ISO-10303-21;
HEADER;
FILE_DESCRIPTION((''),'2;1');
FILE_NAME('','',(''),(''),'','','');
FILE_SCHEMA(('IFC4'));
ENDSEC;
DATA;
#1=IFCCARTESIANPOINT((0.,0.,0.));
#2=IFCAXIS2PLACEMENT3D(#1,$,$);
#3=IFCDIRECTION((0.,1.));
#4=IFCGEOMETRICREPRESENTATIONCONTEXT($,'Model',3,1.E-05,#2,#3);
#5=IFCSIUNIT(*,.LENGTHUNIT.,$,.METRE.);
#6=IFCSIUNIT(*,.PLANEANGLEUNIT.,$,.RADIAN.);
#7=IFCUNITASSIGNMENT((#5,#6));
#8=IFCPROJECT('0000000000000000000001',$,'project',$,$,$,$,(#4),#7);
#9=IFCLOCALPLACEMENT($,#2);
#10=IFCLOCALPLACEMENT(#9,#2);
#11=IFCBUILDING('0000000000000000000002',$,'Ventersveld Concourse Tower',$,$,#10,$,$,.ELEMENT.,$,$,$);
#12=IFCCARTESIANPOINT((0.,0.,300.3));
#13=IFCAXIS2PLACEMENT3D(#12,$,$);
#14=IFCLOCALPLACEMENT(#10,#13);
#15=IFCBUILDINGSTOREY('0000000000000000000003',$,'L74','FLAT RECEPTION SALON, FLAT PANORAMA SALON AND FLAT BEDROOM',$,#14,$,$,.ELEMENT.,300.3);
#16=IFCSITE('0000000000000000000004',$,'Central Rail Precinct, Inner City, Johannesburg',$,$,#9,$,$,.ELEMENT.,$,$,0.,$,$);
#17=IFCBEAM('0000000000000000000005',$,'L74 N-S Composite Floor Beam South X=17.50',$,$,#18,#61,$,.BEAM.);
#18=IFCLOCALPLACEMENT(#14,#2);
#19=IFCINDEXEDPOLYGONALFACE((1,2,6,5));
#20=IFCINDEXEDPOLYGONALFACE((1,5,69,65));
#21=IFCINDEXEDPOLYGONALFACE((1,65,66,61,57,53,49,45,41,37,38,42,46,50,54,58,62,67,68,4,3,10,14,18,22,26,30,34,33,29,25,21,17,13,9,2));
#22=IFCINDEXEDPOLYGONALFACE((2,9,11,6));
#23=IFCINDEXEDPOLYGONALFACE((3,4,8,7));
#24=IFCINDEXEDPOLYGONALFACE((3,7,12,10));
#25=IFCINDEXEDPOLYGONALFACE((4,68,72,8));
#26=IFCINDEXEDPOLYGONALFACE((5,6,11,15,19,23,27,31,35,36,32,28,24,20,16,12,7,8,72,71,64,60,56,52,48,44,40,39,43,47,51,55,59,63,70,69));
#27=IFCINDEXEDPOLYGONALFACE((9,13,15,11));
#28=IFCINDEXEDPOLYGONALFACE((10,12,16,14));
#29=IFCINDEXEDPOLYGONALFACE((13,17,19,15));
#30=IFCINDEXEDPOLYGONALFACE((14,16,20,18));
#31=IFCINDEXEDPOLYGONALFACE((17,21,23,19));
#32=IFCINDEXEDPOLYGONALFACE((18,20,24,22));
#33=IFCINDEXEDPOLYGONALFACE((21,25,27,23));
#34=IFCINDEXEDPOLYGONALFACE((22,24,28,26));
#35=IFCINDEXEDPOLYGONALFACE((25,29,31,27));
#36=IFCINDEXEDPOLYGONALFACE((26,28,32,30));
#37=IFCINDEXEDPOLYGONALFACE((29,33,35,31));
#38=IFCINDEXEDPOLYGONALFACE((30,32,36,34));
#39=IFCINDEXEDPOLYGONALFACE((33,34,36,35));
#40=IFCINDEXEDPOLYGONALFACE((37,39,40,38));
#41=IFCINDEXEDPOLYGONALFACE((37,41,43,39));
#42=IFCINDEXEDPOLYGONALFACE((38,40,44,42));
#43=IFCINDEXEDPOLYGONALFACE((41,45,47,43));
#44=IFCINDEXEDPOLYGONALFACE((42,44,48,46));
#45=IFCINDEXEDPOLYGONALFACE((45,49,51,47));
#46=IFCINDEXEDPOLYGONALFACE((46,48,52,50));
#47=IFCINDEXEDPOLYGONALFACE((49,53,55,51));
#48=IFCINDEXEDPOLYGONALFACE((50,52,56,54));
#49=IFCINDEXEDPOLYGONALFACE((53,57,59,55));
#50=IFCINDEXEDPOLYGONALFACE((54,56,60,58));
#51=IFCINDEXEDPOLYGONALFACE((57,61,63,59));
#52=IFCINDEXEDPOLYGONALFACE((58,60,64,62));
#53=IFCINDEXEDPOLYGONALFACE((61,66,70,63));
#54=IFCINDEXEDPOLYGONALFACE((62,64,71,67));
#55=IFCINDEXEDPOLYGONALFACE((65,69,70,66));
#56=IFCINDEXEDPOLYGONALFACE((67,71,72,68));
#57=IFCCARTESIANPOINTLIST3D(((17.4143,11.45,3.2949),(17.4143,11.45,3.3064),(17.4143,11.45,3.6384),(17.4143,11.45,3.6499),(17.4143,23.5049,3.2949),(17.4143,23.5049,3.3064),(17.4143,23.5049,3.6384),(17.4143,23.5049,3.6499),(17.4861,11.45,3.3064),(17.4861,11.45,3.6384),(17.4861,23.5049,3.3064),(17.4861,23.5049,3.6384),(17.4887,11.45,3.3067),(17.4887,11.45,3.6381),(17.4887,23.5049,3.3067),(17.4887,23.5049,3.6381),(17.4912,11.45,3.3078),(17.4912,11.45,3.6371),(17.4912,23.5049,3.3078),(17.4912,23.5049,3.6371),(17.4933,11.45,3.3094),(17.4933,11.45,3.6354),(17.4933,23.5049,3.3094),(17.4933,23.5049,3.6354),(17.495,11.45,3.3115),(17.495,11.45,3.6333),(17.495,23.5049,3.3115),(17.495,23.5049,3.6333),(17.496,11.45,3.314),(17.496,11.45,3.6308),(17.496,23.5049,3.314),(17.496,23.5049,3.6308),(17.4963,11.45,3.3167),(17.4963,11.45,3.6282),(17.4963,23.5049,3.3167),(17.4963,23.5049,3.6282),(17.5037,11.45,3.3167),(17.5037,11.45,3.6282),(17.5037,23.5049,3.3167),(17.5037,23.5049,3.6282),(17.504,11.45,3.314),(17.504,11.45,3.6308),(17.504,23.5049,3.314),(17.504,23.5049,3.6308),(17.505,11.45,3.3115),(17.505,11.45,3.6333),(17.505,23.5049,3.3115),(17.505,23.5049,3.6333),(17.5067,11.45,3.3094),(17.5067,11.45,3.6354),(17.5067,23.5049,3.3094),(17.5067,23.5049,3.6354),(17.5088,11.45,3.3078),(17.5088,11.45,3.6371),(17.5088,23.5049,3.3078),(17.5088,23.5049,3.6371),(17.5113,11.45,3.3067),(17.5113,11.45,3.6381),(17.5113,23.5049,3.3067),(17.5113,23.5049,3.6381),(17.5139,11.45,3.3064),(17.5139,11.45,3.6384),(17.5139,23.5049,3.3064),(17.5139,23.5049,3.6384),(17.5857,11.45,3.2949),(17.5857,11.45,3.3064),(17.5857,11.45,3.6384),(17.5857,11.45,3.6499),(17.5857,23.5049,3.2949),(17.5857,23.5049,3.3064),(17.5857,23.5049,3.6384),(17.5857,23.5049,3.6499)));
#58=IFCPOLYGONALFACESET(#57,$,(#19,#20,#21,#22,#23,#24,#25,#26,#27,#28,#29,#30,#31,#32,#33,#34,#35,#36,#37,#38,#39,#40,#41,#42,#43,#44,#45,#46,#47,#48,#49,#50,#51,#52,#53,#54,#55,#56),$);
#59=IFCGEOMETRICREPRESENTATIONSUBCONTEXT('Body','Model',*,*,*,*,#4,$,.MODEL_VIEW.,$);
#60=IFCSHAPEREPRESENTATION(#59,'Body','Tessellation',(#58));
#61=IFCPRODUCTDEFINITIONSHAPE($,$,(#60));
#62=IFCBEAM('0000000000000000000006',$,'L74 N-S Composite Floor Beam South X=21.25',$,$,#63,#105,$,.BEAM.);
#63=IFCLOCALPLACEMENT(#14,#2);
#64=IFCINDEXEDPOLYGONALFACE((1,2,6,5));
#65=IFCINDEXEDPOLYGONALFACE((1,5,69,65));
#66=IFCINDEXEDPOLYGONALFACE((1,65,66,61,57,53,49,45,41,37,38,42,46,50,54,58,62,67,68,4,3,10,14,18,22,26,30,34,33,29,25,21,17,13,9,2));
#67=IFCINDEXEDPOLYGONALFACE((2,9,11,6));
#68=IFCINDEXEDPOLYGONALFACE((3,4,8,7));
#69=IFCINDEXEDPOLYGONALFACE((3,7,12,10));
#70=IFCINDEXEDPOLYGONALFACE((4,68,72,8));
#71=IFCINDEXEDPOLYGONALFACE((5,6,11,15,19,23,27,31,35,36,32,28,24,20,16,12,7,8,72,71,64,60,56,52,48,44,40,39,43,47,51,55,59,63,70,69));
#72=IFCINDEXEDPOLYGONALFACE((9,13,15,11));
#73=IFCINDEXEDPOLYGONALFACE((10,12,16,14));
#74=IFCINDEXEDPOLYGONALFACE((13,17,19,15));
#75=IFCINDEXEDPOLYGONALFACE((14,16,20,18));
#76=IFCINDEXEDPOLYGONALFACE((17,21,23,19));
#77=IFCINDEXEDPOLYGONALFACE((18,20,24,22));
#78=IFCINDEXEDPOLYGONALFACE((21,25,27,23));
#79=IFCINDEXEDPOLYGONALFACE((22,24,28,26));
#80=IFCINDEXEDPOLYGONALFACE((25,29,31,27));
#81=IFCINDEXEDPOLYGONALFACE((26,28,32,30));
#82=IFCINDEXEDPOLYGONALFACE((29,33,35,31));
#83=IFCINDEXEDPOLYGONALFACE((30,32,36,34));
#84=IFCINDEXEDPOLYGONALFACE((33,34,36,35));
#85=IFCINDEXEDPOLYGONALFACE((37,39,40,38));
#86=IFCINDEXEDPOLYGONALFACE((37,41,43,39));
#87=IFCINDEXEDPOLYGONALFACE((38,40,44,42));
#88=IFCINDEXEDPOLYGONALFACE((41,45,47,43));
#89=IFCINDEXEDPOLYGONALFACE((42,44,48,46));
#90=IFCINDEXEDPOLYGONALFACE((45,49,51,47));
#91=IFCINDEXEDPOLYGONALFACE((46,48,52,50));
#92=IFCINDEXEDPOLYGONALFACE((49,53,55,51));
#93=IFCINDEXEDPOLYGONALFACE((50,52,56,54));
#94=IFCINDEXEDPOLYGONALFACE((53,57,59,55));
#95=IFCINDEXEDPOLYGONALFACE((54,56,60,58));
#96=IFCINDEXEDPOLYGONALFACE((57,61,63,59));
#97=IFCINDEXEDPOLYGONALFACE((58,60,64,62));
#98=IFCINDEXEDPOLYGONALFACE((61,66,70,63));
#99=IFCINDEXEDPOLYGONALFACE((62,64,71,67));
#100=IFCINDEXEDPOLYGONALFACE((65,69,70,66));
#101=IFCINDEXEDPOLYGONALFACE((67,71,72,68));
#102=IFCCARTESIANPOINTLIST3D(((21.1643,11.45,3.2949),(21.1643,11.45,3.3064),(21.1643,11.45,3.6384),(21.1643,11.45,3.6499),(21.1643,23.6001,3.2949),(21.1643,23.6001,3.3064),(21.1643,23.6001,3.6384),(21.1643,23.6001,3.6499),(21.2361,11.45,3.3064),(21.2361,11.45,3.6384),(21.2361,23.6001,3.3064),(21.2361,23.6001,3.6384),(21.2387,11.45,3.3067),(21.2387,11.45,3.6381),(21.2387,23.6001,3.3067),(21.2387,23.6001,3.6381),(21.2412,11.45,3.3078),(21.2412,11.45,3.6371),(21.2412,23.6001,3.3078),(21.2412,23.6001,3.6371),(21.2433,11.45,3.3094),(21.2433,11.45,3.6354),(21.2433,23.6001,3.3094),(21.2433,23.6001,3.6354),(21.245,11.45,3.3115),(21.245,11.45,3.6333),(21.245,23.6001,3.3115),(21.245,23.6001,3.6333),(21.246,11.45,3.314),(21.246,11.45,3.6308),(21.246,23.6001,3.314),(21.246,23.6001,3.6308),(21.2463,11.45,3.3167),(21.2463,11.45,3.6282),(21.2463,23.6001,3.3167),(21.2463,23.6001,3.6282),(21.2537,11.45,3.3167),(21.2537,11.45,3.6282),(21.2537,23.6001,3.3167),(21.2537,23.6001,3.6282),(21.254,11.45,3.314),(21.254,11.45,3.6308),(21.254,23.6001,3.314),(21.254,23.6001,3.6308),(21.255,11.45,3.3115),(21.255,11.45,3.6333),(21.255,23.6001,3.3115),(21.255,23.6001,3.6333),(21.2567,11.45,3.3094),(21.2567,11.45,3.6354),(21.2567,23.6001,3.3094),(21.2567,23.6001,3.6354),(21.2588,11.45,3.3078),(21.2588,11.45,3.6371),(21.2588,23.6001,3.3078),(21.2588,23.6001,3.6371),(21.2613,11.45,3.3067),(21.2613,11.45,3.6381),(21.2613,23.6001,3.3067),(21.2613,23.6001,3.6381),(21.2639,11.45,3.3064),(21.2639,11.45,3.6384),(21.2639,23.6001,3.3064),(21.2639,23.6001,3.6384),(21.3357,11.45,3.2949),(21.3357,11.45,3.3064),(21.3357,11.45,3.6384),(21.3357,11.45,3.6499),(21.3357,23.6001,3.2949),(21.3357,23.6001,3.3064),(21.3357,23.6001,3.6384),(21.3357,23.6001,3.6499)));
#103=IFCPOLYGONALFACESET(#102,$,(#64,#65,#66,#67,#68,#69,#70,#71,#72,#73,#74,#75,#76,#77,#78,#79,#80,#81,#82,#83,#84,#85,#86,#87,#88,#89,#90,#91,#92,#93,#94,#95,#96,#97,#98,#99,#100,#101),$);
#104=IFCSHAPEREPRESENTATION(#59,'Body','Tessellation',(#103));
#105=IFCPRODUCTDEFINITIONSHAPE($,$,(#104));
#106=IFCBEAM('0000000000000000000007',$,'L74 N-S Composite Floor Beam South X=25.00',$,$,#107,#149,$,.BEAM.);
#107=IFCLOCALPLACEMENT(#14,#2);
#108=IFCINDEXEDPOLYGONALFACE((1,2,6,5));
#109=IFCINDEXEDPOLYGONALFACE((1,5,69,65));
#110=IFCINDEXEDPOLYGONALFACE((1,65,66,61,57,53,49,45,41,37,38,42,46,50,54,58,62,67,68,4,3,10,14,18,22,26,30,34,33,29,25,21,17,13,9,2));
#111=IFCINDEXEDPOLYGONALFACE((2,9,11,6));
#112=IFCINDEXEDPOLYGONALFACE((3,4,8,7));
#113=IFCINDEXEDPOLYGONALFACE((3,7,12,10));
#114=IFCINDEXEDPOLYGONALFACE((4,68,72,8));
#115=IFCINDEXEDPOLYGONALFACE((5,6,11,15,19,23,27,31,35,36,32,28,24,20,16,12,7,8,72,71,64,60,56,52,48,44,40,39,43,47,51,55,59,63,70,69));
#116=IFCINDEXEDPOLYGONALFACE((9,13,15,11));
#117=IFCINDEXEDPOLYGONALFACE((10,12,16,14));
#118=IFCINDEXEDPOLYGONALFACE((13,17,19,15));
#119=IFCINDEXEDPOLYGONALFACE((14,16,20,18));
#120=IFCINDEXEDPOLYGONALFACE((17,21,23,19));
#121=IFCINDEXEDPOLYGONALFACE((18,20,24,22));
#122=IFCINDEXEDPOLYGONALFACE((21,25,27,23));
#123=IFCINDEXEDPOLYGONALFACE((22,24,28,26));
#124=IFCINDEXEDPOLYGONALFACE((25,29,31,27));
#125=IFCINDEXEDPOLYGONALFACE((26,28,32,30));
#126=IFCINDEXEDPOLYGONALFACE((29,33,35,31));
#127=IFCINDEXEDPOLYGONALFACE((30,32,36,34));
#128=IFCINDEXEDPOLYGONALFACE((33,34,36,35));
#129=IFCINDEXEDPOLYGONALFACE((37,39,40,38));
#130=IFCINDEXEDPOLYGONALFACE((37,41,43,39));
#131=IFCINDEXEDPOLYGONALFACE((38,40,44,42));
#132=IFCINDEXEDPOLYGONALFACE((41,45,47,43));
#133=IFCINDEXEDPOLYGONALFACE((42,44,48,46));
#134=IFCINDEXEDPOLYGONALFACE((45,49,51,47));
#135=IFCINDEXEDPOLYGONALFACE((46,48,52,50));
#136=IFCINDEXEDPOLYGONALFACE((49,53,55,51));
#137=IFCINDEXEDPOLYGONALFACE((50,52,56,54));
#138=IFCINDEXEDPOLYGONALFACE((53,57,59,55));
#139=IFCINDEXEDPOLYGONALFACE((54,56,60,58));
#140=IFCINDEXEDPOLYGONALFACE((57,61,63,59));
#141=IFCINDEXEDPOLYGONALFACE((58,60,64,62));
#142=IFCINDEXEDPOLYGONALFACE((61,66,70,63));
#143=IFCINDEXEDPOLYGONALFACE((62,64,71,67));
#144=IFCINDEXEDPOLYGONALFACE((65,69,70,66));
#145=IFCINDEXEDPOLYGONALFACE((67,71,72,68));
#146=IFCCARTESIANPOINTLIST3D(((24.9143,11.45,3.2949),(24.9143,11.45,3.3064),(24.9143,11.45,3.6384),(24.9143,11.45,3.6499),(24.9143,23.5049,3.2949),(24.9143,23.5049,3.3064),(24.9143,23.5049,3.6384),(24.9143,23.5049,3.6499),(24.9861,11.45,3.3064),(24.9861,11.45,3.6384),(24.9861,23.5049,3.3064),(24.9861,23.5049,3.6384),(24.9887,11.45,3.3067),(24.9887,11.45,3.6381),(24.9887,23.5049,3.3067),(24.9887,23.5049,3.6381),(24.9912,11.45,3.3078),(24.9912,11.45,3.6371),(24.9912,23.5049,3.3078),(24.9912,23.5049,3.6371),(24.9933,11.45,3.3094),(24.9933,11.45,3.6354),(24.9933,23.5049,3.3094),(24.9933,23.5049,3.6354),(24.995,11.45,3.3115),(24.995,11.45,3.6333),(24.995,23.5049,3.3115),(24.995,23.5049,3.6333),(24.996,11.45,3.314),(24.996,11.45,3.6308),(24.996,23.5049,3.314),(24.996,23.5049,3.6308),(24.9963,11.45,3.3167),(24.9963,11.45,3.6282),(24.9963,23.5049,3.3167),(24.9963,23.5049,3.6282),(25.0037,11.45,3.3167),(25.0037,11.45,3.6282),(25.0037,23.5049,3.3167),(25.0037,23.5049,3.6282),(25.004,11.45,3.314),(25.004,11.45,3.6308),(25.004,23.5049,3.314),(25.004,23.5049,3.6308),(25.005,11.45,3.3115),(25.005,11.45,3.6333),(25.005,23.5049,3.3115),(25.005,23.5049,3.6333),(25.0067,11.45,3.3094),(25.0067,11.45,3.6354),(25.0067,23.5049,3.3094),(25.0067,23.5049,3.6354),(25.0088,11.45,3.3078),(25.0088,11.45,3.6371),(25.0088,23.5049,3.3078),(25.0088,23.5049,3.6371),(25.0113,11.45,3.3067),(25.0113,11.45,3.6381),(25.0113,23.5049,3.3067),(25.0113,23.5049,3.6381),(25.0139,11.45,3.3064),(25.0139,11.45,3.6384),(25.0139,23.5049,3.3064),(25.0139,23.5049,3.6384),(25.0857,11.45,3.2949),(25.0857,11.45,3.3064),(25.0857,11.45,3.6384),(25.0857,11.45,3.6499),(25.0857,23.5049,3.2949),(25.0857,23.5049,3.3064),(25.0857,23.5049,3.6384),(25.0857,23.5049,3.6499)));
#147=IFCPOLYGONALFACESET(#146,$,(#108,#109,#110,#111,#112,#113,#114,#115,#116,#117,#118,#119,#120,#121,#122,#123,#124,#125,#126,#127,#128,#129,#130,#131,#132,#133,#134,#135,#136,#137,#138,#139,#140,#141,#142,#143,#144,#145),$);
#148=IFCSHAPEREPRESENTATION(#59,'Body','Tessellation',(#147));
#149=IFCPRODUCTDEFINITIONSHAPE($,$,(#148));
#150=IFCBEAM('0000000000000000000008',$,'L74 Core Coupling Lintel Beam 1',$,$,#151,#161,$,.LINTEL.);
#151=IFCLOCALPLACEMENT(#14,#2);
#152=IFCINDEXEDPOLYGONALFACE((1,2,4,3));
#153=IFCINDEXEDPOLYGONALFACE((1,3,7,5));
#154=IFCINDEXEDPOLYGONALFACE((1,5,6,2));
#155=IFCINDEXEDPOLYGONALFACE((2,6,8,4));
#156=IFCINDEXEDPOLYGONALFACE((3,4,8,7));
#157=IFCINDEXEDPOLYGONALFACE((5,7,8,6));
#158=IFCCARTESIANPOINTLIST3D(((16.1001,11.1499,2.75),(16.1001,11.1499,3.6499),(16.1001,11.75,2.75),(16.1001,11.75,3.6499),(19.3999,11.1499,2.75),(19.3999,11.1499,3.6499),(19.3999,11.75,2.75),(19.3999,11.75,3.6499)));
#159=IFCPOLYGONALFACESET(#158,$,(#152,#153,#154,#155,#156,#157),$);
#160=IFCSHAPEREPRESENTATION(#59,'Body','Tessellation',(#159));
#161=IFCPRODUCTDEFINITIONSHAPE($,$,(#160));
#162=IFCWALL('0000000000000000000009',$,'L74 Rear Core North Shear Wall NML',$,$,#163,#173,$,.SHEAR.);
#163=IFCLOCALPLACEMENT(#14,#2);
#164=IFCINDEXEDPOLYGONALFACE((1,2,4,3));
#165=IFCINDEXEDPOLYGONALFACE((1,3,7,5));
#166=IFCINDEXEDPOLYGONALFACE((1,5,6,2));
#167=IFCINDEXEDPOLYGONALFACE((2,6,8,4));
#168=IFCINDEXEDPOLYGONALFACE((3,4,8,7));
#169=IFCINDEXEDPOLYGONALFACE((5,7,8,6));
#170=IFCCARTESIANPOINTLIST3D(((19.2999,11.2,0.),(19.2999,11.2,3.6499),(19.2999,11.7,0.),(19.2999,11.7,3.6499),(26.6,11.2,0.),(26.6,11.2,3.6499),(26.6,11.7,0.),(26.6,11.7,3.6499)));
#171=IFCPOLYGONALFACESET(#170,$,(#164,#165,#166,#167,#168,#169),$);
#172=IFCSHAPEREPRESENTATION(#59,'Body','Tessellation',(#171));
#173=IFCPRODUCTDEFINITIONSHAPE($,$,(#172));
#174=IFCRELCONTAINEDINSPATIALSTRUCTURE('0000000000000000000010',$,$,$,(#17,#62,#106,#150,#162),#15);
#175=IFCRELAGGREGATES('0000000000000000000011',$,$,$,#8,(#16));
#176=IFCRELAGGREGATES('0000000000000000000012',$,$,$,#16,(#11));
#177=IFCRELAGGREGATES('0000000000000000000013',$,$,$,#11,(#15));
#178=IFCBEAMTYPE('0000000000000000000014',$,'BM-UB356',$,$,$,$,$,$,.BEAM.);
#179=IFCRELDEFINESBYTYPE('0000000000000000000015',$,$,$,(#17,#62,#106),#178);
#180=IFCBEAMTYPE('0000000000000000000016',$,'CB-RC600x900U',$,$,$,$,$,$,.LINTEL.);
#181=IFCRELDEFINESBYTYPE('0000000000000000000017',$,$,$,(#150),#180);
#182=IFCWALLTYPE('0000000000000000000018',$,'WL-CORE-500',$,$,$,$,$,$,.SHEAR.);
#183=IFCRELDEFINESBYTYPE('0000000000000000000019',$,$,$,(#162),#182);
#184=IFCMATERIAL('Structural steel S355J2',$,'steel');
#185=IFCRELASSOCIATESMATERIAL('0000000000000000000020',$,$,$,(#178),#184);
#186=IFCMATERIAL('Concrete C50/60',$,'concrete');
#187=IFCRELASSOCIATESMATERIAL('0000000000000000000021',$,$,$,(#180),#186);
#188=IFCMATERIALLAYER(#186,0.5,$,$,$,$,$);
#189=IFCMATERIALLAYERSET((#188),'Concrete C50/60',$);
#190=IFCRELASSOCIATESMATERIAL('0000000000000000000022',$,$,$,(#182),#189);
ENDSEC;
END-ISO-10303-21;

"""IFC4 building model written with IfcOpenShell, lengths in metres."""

from ifc_helpers import new_model, si_unit, direction, frame, frame_2d, origin, origin_2d, place, context, subcontext, project, spatial, rectangle, i_section, extrude, material, layer, layer_set, material_profile, profile_set, type_object, element, save


model = new_model("IFC4")

# Units and contexts
model_context = context("Model", 3, precision=1e-05, world=origin(), true_north=direction((0.0, 1.0)))
body_context = subcontext(model_context, "Body", "Model", "MODEL_VIEW")
ifc_project = project(units=[si_unit("LENGTHUNIT", "METRE"), si_unit("PLANEANGLEUNIT", "RADIAN")], contexts=[model_context])

# Site, building, storey
site_placement = place(None, origin())
site = spatial("IfcSite", under=ifc_project, at=site_placement, Name="Central Rail Precinct, Inner City, Johannesburg", CompositionType="ELEMENT", RefElevation=0.0)
building_placement = place(site_placement, origin())
building = spatial("IfcBuilding", under=site, at=building_placement, Name="Ventersveld Concourse Tower", CompositionType="ELEMENT")
storey_placement = place(building_placement, frame((0.0, 0.0, 300.3)))
storey = spatial("IfcBuildingStorey", under=building, at=storey_placement, Name="L74", Description="FLAT RECEPTION SALON, FLAT PANORAMA SALON AND FLAT BEDROOM", CompositionType="ELEMENT", Elevation=300.3)

# Beams
ifc_material_1 = material(Name="Structural steel S355J2", Category="steel")
ifc_material_profile_1 = material_profile(ifc_material_1, i_section(OverallWidth=0.1714, OverallDepth=0.355, WebThickness=0.0073, FlangeThickness=0.0115, FilletRadius=0.0103, at=origin_2d()), Name="UB 356x171x51")
ifc_profile_set_1 = profile_set([ifc_material_profile_1], Name="Structural steel S355J2")
beam_type_1 = type_object("IfcBeamType", Name="BM-UB356", PredefinedType="BEAM", material=ifc_profile_set_1)
beam_1_placement = place(storey_placement, frame((17.5, 11.45, 3.4724), z_axis=(0.0, 1.0, 0.0), x_axis=(-1.0, 0.0, 0.0)))
element("IfcBeam", 1, at=beam_1_placement, inside=storey, type_object=beam_type_1, Name="L74 N-S Composite Floor Beam South X=17.50", PredefinedType="BEAM", context=body_context, shape_type="SweptSolid", body=[
    extrude(i_section(OverallWidth=0.1714, OverallDepth=0.355, WebThickness=0.0073, FlangeThickness=0.0115, FilletRadius=0.0103, at=origin_2d()), origin(), (0.0, 0.0, 1.0), 12.0549),
])
beam_2_placement = place(storey_placement, frame((21.25, 11.45, 3.4724), z_axis=(0.0, 1.0, 0.0), x_axis=(-1.0, 0.0, 0.0)))
element("IfcBeam", 2, at=beam_2_placement, inside=storey, type_object=beam_type_1, Name="L74 N-S Composite Floor Beam South X=21.25", PredefinedType="BEAM", context=body_context, shape_type="SweptSolid", body=[
    extrude(i_section(OverallWidth=0.1714, OverallDepth=0.355, WebThickness=0.0073, FlangeThickness=0.0115, FilletRadius=0.0103, at=origin_2d()), origin(), (0.0, 0.0, 1.0), 12.1501),
])
beam_3_placement = place(storey_placement, frame((25.0, 11.45, 3.4724), z_axis=(0.0, 1.0, 0.0), x_axis=(-1.0, 0.0, 0.0)))
element("IfcBeam", 3, at=beam_3_placement, inside=storey, type_object=beam_type_1, Name="L74 N-S Composite Floor Beam South X=25.00", PredefinedType="BEAM", context=body_context, shape_type="SweptSolid", body=[
    extrude(i_section(OverallWidth=0.1714, OverallDepth=0.355, WebThickness=0.0073, FlangeThickness=0.0115, FilletRadius=0.0103, at=origin_2d()), origin(), (0.0, 0.0, 1.0), 12.0549),
])
ifc_material_2 = material(Name="Concrete C50/60", Category="concrete")
ifc_material_profile_2 = material_profile(ifc_material_2, rectangle(XDim=0.6001, YDim=0.8999, at=origin_2d()), Name="RC 600x900")
ifc_profile_set_2 = profile_set([ifc_material_profile_2], Name="Concrete C50/60")
beam_type_2 = type_object("IfcBeamType", Name="CB-RC600x900U", PredefinedType="LINTEL", material=ifc_profile_set_2)
beam_4_placement = place(storey_placement, frame((16.1001, 11.45, 3.2), z_axis=(1.0, 0.0, 0.0), x_axis=(0.0, 1.0, 0.0)))
element("IfcBeam", 4, at=beam_4_placement, inside=storey, type_object=beam_type_2, Name="L74 Core Coupling Lintel Beam 1", PredefinedType="LINTEL", context=body_context, shape_type="SweptSolid", body=[
    extrude(rectangle(XDim=0.6001, YDim=0.8999, at=origin_2d()), origin(), (0.0, 0.0, 1.0), 3.2998),
])

# Wall
ifc_layer_1 = layer(ifc_material_2, 0.5)
ifc_layer_set_1 = layer_set([ifc_layer_1], Name="Concrete C50/60")
wall_type_1 = type_object("IfcWallType", Name="WL-CORE-500", PredefinedType="SHEAR", material=ifc_layer_set_1)
wall_1_placement = place(storey_placement, frame((19.3, 11.45, 0.0), z_axis=(0.0, 0.0, 1.0), x_axis=(1.0, 0.0, 0.0)))
element("IfcWall", 5, at=wall_1_placement, inside=storey, type_object=wall_type_1, Name="L74 Rear Core North Shear Wall NML", PredefinedType="SHEAR", context=body_context, shape_type="SweptSolid", body=[
    extrude(rectangle(XDim=7.3, YDim=0.5, at=frame_2d((3.6499, 0.0))), origin(), (0.0, 0.0, 1.0), 3.6499),
])

save(model, "model.ifc")
